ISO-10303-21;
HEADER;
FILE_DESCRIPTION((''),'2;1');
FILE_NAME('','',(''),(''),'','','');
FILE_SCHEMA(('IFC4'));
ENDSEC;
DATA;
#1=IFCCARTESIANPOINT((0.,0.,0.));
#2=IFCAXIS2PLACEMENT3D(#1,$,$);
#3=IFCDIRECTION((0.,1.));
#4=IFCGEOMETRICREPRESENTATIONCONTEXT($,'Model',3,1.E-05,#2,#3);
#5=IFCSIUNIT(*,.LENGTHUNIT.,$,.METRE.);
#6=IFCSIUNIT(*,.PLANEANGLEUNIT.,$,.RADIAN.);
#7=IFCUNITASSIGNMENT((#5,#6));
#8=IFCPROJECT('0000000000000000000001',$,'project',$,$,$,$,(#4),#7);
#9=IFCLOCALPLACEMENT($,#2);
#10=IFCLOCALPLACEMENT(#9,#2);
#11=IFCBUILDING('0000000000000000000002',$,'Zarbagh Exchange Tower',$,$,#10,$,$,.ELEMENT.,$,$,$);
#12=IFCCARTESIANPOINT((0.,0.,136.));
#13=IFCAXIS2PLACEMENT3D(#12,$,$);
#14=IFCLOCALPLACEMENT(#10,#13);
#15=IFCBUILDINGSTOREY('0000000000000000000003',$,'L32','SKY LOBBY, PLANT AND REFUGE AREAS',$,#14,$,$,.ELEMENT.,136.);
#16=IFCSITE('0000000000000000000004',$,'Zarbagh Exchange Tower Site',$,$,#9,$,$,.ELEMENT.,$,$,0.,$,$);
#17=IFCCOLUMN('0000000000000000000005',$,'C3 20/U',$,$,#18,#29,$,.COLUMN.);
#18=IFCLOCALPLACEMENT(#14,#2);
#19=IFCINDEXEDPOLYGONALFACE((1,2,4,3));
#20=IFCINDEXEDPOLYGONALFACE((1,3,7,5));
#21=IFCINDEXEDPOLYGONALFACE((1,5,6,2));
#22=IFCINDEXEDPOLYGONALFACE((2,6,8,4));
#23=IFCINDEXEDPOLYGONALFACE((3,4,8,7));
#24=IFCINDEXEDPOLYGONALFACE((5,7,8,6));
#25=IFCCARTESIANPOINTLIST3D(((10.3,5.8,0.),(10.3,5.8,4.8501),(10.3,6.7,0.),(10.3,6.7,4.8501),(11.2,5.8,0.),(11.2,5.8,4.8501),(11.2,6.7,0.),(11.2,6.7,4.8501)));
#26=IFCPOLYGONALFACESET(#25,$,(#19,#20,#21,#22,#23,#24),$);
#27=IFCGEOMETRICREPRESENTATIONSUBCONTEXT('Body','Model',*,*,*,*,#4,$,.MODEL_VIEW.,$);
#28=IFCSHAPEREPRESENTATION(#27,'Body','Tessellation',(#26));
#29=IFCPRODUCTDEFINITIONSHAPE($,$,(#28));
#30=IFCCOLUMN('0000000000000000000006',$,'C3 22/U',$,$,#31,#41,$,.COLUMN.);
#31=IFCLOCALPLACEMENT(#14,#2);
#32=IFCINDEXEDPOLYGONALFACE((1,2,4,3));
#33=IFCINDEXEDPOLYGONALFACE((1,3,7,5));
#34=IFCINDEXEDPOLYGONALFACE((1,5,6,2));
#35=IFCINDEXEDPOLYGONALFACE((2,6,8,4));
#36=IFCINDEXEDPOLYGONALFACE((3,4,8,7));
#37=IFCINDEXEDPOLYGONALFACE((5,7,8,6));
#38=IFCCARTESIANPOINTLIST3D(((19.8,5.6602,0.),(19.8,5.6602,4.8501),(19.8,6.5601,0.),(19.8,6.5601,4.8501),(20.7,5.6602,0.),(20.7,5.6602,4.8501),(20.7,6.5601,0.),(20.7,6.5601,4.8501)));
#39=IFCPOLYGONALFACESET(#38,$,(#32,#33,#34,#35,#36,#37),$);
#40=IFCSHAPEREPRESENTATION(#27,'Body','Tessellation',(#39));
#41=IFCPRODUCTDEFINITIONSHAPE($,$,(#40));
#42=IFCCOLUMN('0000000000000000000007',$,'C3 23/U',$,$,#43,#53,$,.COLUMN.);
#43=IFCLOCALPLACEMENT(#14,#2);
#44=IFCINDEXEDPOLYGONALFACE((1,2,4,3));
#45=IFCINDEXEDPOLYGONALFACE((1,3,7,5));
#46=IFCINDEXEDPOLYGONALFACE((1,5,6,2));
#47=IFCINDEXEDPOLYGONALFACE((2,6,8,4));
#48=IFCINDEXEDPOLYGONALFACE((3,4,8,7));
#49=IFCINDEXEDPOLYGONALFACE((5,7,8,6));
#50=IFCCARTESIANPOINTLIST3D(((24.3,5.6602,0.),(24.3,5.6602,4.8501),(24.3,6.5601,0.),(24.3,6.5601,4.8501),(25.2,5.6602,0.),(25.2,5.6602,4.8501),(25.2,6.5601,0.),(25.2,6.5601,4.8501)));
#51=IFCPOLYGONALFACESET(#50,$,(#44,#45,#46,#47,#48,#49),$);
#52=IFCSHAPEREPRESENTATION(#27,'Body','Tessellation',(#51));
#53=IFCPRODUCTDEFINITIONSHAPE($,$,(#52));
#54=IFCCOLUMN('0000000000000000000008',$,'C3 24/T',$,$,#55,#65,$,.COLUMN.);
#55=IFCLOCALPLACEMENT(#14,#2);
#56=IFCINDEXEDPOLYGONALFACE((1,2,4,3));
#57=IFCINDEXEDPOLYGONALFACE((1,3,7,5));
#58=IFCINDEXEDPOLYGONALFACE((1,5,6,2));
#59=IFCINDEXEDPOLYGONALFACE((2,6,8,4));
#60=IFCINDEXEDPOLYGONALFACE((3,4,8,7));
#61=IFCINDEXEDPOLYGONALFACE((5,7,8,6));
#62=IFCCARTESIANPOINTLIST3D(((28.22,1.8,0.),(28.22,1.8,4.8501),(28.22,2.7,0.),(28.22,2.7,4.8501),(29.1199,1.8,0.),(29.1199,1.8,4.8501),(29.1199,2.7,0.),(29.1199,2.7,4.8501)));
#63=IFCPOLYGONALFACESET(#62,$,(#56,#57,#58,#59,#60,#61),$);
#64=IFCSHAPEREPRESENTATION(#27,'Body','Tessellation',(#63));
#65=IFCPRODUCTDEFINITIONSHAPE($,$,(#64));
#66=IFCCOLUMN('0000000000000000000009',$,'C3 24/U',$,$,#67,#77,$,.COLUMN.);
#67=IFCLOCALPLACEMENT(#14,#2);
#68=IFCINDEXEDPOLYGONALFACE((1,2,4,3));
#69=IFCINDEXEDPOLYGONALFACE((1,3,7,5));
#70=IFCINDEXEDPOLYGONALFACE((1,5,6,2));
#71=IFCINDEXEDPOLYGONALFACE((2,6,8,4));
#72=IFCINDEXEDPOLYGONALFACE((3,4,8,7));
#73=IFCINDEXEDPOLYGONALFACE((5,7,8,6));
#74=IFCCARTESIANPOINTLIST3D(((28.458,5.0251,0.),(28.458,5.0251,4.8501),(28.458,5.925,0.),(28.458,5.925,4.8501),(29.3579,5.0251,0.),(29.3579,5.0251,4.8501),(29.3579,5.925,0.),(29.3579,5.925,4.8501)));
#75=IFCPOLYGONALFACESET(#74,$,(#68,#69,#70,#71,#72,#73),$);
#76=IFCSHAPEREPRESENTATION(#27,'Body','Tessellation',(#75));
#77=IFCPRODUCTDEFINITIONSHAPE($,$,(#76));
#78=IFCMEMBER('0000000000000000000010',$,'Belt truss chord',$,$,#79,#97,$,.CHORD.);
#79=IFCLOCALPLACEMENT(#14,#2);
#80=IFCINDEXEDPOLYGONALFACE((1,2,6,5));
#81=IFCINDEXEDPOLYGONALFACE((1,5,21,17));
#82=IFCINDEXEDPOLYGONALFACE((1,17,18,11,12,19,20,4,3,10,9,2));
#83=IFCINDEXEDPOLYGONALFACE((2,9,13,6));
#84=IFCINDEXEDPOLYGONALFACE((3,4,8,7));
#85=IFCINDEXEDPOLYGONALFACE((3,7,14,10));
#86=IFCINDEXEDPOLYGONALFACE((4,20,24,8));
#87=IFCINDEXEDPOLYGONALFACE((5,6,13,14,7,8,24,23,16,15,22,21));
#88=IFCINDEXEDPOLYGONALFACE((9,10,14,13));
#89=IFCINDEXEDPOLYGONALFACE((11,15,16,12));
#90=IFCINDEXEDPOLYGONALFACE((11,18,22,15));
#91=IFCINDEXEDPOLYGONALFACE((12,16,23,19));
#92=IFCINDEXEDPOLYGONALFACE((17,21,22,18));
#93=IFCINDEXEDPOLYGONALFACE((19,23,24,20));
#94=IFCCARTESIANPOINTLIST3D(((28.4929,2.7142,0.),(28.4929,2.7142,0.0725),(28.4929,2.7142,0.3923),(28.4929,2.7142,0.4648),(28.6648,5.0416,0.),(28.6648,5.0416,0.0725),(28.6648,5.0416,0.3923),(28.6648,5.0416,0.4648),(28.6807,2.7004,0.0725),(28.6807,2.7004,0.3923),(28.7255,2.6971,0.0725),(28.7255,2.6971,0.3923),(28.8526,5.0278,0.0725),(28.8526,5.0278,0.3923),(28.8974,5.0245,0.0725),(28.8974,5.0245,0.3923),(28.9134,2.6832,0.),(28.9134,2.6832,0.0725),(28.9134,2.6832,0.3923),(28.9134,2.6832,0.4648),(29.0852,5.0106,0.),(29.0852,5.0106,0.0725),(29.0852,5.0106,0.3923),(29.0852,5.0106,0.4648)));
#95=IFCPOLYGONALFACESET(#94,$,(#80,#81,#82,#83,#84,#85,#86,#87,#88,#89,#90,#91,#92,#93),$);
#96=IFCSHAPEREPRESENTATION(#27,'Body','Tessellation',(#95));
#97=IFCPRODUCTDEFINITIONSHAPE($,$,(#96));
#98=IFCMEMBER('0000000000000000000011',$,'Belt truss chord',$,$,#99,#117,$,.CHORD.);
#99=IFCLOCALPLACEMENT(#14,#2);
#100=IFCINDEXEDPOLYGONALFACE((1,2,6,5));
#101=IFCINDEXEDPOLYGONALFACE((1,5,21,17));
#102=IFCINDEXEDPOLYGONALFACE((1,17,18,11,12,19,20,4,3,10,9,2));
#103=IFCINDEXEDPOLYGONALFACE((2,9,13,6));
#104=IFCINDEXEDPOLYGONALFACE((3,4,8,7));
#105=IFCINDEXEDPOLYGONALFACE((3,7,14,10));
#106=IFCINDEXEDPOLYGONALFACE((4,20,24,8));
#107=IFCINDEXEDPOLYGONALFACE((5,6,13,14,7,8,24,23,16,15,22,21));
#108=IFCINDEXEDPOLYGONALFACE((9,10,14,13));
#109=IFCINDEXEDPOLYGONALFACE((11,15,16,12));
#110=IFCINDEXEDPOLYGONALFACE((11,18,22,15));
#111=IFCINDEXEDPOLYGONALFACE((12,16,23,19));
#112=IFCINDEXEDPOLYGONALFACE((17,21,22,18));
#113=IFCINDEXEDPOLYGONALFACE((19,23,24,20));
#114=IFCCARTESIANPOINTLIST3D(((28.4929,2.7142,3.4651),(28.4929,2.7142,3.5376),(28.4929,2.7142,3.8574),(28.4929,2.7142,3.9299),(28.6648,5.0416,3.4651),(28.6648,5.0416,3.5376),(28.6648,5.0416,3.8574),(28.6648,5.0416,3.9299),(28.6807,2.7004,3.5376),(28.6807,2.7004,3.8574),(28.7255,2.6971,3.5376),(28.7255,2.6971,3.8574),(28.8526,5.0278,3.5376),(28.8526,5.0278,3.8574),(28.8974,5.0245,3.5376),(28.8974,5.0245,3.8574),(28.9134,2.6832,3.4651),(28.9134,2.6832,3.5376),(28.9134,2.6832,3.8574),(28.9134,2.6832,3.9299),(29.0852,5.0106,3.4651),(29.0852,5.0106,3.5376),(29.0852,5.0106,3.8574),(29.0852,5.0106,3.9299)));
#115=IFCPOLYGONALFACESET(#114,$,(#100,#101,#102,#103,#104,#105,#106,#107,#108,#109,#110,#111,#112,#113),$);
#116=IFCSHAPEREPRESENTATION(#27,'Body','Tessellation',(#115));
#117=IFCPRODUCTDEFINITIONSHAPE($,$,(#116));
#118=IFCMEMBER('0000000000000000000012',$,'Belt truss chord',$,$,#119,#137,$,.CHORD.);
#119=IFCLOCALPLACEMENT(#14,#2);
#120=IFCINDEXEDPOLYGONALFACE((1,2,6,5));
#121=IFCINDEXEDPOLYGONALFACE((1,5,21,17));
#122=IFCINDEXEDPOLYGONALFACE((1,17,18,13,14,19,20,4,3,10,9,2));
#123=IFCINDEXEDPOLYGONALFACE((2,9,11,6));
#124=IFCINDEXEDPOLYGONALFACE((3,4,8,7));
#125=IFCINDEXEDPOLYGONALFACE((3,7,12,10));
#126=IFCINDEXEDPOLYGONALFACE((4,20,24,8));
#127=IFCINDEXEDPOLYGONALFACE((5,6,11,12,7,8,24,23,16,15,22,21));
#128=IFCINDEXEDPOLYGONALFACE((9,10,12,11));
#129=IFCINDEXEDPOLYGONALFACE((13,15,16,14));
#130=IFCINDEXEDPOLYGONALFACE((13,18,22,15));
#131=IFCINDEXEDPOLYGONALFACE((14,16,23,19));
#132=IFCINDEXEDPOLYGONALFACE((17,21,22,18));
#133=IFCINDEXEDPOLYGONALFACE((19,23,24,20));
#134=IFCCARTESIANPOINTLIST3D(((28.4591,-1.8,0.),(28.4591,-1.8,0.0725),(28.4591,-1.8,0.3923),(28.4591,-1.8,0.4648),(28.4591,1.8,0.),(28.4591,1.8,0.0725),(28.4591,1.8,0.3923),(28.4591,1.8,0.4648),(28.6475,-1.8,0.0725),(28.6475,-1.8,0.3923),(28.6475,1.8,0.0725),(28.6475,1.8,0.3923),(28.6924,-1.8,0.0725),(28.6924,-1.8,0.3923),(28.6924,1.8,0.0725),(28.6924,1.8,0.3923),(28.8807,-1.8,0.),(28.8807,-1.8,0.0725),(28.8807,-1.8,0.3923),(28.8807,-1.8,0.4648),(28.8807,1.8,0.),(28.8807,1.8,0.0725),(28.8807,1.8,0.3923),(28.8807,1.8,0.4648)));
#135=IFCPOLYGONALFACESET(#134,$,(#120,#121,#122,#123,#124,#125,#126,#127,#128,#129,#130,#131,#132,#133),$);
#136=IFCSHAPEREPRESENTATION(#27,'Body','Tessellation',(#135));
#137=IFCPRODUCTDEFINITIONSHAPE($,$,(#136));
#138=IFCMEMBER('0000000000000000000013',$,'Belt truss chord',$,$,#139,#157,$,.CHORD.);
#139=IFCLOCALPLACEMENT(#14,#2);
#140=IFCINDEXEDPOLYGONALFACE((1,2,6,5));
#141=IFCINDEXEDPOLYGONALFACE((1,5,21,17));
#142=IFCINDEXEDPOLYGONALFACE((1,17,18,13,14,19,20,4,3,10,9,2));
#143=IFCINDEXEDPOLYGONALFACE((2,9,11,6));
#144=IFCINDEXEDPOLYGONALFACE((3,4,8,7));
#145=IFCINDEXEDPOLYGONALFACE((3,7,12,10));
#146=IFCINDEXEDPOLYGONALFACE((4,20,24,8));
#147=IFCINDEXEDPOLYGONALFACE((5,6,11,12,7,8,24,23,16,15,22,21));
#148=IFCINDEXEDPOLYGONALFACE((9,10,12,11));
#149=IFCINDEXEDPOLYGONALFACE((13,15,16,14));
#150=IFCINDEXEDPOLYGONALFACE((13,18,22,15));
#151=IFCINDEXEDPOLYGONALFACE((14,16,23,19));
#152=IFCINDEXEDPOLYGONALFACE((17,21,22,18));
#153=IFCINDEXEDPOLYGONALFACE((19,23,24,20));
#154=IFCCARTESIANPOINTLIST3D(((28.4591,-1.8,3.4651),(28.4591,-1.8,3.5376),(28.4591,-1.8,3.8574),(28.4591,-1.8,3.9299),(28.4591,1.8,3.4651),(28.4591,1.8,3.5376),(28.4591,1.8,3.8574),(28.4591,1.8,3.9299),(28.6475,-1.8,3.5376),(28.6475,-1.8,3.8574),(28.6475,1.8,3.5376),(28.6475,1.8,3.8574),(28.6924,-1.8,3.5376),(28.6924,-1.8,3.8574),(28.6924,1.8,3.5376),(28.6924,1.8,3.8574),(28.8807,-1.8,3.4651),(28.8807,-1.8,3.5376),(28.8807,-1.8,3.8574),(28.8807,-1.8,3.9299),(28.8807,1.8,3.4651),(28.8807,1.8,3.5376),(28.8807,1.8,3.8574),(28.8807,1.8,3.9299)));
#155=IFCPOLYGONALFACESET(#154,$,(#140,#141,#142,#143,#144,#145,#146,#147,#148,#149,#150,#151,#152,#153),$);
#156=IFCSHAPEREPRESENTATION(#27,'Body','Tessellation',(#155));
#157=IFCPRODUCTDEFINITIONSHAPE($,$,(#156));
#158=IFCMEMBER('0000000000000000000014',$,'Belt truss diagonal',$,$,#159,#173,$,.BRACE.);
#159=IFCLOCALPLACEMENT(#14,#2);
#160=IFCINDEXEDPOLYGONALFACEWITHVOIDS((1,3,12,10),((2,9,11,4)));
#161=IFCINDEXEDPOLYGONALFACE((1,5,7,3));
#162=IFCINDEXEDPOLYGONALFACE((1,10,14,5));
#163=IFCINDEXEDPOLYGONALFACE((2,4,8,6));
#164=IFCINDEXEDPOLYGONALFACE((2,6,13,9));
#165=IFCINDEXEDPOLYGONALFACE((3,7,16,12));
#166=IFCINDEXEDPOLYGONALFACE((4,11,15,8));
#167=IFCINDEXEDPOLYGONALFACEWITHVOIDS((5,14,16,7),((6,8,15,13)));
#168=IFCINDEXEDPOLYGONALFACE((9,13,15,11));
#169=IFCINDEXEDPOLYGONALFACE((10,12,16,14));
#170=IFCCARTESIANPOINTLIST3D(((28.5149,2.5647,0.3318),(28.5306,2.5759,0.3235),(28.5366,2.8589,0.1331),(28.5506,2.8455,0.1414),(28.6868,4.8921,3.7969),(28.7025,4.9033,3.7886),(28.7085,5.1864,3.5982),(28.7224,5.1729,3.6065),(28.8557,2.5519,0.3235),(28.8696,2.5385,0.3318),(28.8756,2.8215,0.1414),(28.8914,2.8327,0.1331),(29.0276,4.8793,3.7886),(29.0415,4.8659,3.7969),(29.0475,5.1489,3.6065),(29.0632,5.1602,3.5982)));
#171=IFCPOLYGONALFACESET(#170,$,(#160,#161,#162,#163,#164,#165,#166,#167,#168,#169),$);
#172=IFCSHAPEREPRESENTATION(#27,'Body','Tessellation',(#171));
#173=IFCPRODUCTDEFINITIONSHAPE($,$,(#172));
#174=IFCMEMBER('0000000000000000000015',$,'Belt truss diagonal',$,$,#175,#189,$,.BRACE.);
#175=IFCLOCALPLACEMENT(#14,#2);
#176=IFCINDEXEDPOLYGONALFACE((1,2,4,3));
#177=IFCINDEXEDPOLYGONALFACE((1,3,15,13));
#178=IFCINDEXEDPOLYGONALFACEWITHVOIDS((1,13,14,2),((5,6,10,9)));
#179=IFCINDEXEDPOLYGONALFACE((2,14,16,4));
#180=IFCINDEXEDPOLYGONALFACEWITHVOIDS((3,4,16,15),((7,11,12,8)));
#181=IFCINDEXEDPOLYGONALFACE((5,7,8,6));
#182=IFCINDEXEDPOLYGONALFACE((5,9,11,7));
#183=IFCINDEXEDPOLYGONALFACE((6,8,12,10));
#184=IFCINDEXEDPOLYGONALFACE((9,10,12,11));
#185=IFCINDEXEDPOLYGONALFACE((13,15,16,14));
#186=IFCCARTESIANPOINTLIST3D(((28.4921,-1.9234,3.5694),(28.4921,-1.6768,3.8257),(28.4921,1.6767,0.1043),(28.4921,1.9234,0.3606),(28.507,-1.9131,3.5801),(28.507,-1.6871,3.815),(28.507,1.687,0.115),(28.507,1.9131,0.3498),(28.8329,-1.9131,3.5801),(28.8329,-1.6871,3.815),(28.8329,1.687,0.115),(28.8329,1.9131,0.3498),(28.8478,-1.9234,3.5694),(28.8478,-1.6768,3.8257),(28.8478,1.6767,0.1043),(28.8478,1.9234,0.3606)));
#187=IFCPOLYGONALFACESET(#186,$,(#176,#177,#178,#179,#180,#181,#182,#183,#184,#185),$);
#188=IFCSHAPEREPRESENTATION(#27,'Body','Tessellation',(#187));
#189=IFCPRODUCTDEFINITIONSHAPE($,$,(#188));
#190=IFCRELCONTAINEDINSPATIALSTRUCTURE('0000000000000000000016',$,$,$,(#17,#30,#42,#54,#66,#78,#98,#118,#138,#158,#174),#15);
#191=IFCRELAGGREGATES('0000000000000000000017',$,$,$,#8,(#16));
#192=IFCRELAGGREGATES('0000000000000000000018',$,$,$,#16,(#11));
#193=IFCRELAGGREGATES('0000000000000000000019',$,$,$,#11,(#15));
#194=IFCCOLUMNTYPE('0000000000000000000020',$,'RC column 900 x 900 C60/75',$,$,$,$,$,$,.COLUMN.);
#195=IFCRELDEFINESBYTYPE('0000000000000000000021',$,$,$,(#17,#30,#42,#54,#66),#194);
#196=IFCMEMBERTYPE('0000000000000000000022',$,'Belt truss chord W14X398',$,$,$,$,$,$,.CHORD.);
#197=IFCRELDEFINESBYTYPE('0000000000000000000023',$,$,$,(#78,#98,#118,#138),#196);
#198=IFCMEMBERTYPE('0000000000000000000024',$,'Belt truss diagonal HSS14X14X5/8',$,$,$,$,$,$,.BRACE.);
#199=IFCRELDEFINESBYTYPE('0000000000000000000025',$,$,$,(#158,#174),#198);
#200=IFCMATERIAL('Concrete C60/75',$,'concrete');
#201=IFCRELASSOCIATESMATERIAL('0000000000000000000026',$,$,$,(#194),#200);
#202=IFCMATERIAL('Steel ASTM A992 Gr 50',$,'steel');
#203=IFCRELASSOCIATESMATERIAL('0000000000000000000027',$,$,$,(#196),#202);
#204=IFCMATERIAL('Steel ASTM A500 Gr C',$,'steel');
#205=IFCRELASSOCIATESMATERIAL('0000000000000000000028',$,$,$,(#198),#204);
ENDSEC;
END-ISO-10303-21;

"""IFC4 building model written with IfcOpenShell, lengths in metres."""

from ifc_helpers import new_model, si_unit, direction, frame, origin, origin_2d, place, context, subcontext, project, spatial, rectangle, hollow_rectangle, i_section, extrude, material, material_profile, profile_set, type_object, element, save


model = new_model("IFC4")

# Units and contexts
model_context = context("Model", 3, precision=1e-05, world=origin(), true_north=direction((0.0, 1.0)))
body_context = subcontext(model_context, "Body", "Model", "MODEL_VIEW")
ifc_project = project(units=[si_unit("LENGTHUNIT", "METRE"), si_unit("PLANEANGLEUNIT", "RADIAN")], contexts=[model_context])

# Site, building, storey
site_placement = place(None, origin())
site = spatial("IfcSite", under=ifc_project, at=site_placement, Name="Zarbagh Exchange Tower Site", CompositionType="ELEMENT", RefElevation=0.0)
building_placement = place(site_placement, origin())
building = spatial("IfcBuilding", under=site, at=building_placement, Name="Zarbagh Exchange Tower", CompositionType="ELEMENT")
storey_placement = place(building_placement, frame((0.0, 0.0, 136.0)))
storey = spatial("IfcBuildingStorey", under=building, at=storey_placement, Name="L32", Description="SKY LOBBY, PLANT AND REFUGE AREAS", CompositionType="ELEMENT", Elevation=136.0)

# Columns
ifc_material_1 = material(Name="Concrete C60/75", Category="concrete")
ifc_material_profile_1 = material_profile(ifc_material_1, rectangle(XDim=0.8999, YDim=0.8999, at=origin_2d()), Name="RC column 900 x 900 C60/75")
ifc_profile_set_1 = profile_set([ifc_material_profile_1], Name="Concrete C60/75")
column_type = type_object("IfcColumnType", Name="RC column 900 x 900 C60/75", PredefinedType="COLUMN", material=ifc_profile_set_1)
for number, where, z_axis, x_axis, name in (
    (1, (10.75, 6.25, 0.0), (0.0, 0.0, 1.0), (1.0, 0.0, 0.0), "C3 20/U"),
    (2, (20.25, 6.1101, 0.0), (0.0, 0.0, 1.0), (1.0, 0.0, 0.0), "C3 22/U"),
    (3, (24.75, 6.1101, 0.0), (0.0, 0.0, 1.0), (1.0, 0.0, 0.0), "C3 23/U"),
    (4, (28.6699, 2.25, 0.0), (0.0, 0.0, 1.0), (1.0, 0.0, 0.0), "C3 24/T"),
    (5, (28.908, 5.4751, 0.0), (0.0, 0.0, 1.0), (1.0, 0.0, 0.0), "C3 24/U"),
):
    element("IfcColumn", number, at=place(storey_placement, frame(where, z_axis=z_axis, x_axis=x_axis)), inside=storey, type_object=column_type, Name=name, PredefinedType="COLUMN", context=body_context, shape_type="SweptSolid", body=[
        extrude(rectangle(XDim=0.8999, YDim=0.8999, at=origin_2d()), origin(), (0.0, 0.0, 1.0), 4.8501),
    ])

# Members
ifc_material_2 = material(Name="Steel ASTM A992 Gr 50", Category="steel")
ifc_material_profile_2 = material_profile(ifc_material_2, i_section(OverallWidth=0.4216, OverallDepth=0.4648, WebThickness=0.0449, FlangeThickness=0.0725, at=origin_2d()), Name="W14X398")
ifc_profile_set_2 = profile_set([ifc_material_profile_2], Name="Steel ASTM A992 Gr 50")
member_type_1 = type_object("IfcMemberType", Name="Belt truss chord W14X398", PredefinedType="CHORD", material=ifc_profile_set_2)
for number, where, z_axis, x_axis, name in (
    (6, (28.875, 5.0261, 0.2324), (-0.073648, -0.997284, 0.0), (0.997284, -0.073648, 0.0), "Belt truss chord"),
    (7, (28.875, 5.0261, 3.6975), (-0.073648, -0.997284, 0.0), (0.997284, -0.073648, 0.0), "Belt truss chord"),
):
    element("IfcMember", number, at=place(storey_placement, frame(where, z_axis=z_axis, x_axis=x_axis)), inside=storey, type_object=member_type_1, Name=name, PredefinedType="CHORD", context=body_context, shape_type="SweptSolid", body=[
        extrude(i_section(OverallWidth=0.4216, OverallDepth=0.4648, WebThickness=0.0449, FlangeThickness=0.0725, at=origin_2d()), origin(), (0.0, 0.0, 1.0), 2.3337),
    ])
for number, where, z_axis, x_axis, name in (
    (8, (28.6699, 1.8, 0.2324), (0.0, -1.0, 0.0), (1.0, 0.0, 0.0), "Belt truss chord"),
    (9, (28.6699, 1.8, 3.6975), (0.0, -1.0, 0.0), (1.0, 0.0, 0.0), "Belt truss chord"),
):
    element("IfcMember", number, at=place(storey_placement, frame(where, z_axis=z_axis, x_axis=x_axis)), inside=storey, type_object=member_type_1, Name=name, PredefinedType="CHORD", context=body_context, shape_type="SweptSolid", body=[
        extrude(i_section(OverallWidth=0.4216, OverallDepth=0.4648, WebThickness=0.0449, FlangeThickness=0.0725, at=origin_2d()), origin(), (0.0, 0.0, 1.0), 3.6001),
    ])
ifc_material_3 = material(Name="Steel ASTM A500 Gr C", Category="steel")
ifc_material_profile_3 = material_profile(ifc_material_3, hollow_rectangle(XDim=0.3557, YDim=0.3557, WallThickness=0.0149, at=origin_2d()), Name="HSS14X14X5/8")
ifc_profile_set_3 = profile_set([ifc_material_profile_3], Name="Steel ASTM A500 Gr C")
member_type_2 = type_object("IfcMemberType", Name="Belt truss diagonal HSS14X14X5/8", PredefinedType="BRACE", material=ifc_profile_set_3)
member_1_placement = place(storey_placement, frame((28.7031, 2.6987, 0.2324), z_axis=(0.041141, 0.5571, 0.829426), x_axis=(-0.997284, 0.073648, 0.0)))
element("IfcMember", 10, at=member_1_placement, inside=storey, type_object=member_type_2, Name="Belt truss diagonal", PredefinedType="BRACE", context=body_context, shape_type="SweptSolid", body=[
    extrude(hollow_rectangle(XDim=0.3557, YDim=0.3557, WallThickness=0.0149, at=origin_2d()), origin(), (0.0, 0.0, 1.0), 4.1777),
])
member_2_placement = place(storey_placement, frame((28.6699, 1.8, 0.2324), z_axis=(0.0, -0.720487, 0.693468), x_axis=(1.0, 0.0, 0.0)))
element("IfcMember", 11, at=member_2_placement, inside=storey, type_object=member_type_2, Name="Belt truss diagonal", PredefinedType="BRACE", context=body_context, shape_type="SweptSolid", body=[
    extrude(hollow_rectangle(XDim=0.3557, YDim=0.3557, WallThickness=0.0149, at=origin_2d()), origin(), (0.0, 0.0, 1.0), 4.9968),
])

save(model, "model.ifc")
